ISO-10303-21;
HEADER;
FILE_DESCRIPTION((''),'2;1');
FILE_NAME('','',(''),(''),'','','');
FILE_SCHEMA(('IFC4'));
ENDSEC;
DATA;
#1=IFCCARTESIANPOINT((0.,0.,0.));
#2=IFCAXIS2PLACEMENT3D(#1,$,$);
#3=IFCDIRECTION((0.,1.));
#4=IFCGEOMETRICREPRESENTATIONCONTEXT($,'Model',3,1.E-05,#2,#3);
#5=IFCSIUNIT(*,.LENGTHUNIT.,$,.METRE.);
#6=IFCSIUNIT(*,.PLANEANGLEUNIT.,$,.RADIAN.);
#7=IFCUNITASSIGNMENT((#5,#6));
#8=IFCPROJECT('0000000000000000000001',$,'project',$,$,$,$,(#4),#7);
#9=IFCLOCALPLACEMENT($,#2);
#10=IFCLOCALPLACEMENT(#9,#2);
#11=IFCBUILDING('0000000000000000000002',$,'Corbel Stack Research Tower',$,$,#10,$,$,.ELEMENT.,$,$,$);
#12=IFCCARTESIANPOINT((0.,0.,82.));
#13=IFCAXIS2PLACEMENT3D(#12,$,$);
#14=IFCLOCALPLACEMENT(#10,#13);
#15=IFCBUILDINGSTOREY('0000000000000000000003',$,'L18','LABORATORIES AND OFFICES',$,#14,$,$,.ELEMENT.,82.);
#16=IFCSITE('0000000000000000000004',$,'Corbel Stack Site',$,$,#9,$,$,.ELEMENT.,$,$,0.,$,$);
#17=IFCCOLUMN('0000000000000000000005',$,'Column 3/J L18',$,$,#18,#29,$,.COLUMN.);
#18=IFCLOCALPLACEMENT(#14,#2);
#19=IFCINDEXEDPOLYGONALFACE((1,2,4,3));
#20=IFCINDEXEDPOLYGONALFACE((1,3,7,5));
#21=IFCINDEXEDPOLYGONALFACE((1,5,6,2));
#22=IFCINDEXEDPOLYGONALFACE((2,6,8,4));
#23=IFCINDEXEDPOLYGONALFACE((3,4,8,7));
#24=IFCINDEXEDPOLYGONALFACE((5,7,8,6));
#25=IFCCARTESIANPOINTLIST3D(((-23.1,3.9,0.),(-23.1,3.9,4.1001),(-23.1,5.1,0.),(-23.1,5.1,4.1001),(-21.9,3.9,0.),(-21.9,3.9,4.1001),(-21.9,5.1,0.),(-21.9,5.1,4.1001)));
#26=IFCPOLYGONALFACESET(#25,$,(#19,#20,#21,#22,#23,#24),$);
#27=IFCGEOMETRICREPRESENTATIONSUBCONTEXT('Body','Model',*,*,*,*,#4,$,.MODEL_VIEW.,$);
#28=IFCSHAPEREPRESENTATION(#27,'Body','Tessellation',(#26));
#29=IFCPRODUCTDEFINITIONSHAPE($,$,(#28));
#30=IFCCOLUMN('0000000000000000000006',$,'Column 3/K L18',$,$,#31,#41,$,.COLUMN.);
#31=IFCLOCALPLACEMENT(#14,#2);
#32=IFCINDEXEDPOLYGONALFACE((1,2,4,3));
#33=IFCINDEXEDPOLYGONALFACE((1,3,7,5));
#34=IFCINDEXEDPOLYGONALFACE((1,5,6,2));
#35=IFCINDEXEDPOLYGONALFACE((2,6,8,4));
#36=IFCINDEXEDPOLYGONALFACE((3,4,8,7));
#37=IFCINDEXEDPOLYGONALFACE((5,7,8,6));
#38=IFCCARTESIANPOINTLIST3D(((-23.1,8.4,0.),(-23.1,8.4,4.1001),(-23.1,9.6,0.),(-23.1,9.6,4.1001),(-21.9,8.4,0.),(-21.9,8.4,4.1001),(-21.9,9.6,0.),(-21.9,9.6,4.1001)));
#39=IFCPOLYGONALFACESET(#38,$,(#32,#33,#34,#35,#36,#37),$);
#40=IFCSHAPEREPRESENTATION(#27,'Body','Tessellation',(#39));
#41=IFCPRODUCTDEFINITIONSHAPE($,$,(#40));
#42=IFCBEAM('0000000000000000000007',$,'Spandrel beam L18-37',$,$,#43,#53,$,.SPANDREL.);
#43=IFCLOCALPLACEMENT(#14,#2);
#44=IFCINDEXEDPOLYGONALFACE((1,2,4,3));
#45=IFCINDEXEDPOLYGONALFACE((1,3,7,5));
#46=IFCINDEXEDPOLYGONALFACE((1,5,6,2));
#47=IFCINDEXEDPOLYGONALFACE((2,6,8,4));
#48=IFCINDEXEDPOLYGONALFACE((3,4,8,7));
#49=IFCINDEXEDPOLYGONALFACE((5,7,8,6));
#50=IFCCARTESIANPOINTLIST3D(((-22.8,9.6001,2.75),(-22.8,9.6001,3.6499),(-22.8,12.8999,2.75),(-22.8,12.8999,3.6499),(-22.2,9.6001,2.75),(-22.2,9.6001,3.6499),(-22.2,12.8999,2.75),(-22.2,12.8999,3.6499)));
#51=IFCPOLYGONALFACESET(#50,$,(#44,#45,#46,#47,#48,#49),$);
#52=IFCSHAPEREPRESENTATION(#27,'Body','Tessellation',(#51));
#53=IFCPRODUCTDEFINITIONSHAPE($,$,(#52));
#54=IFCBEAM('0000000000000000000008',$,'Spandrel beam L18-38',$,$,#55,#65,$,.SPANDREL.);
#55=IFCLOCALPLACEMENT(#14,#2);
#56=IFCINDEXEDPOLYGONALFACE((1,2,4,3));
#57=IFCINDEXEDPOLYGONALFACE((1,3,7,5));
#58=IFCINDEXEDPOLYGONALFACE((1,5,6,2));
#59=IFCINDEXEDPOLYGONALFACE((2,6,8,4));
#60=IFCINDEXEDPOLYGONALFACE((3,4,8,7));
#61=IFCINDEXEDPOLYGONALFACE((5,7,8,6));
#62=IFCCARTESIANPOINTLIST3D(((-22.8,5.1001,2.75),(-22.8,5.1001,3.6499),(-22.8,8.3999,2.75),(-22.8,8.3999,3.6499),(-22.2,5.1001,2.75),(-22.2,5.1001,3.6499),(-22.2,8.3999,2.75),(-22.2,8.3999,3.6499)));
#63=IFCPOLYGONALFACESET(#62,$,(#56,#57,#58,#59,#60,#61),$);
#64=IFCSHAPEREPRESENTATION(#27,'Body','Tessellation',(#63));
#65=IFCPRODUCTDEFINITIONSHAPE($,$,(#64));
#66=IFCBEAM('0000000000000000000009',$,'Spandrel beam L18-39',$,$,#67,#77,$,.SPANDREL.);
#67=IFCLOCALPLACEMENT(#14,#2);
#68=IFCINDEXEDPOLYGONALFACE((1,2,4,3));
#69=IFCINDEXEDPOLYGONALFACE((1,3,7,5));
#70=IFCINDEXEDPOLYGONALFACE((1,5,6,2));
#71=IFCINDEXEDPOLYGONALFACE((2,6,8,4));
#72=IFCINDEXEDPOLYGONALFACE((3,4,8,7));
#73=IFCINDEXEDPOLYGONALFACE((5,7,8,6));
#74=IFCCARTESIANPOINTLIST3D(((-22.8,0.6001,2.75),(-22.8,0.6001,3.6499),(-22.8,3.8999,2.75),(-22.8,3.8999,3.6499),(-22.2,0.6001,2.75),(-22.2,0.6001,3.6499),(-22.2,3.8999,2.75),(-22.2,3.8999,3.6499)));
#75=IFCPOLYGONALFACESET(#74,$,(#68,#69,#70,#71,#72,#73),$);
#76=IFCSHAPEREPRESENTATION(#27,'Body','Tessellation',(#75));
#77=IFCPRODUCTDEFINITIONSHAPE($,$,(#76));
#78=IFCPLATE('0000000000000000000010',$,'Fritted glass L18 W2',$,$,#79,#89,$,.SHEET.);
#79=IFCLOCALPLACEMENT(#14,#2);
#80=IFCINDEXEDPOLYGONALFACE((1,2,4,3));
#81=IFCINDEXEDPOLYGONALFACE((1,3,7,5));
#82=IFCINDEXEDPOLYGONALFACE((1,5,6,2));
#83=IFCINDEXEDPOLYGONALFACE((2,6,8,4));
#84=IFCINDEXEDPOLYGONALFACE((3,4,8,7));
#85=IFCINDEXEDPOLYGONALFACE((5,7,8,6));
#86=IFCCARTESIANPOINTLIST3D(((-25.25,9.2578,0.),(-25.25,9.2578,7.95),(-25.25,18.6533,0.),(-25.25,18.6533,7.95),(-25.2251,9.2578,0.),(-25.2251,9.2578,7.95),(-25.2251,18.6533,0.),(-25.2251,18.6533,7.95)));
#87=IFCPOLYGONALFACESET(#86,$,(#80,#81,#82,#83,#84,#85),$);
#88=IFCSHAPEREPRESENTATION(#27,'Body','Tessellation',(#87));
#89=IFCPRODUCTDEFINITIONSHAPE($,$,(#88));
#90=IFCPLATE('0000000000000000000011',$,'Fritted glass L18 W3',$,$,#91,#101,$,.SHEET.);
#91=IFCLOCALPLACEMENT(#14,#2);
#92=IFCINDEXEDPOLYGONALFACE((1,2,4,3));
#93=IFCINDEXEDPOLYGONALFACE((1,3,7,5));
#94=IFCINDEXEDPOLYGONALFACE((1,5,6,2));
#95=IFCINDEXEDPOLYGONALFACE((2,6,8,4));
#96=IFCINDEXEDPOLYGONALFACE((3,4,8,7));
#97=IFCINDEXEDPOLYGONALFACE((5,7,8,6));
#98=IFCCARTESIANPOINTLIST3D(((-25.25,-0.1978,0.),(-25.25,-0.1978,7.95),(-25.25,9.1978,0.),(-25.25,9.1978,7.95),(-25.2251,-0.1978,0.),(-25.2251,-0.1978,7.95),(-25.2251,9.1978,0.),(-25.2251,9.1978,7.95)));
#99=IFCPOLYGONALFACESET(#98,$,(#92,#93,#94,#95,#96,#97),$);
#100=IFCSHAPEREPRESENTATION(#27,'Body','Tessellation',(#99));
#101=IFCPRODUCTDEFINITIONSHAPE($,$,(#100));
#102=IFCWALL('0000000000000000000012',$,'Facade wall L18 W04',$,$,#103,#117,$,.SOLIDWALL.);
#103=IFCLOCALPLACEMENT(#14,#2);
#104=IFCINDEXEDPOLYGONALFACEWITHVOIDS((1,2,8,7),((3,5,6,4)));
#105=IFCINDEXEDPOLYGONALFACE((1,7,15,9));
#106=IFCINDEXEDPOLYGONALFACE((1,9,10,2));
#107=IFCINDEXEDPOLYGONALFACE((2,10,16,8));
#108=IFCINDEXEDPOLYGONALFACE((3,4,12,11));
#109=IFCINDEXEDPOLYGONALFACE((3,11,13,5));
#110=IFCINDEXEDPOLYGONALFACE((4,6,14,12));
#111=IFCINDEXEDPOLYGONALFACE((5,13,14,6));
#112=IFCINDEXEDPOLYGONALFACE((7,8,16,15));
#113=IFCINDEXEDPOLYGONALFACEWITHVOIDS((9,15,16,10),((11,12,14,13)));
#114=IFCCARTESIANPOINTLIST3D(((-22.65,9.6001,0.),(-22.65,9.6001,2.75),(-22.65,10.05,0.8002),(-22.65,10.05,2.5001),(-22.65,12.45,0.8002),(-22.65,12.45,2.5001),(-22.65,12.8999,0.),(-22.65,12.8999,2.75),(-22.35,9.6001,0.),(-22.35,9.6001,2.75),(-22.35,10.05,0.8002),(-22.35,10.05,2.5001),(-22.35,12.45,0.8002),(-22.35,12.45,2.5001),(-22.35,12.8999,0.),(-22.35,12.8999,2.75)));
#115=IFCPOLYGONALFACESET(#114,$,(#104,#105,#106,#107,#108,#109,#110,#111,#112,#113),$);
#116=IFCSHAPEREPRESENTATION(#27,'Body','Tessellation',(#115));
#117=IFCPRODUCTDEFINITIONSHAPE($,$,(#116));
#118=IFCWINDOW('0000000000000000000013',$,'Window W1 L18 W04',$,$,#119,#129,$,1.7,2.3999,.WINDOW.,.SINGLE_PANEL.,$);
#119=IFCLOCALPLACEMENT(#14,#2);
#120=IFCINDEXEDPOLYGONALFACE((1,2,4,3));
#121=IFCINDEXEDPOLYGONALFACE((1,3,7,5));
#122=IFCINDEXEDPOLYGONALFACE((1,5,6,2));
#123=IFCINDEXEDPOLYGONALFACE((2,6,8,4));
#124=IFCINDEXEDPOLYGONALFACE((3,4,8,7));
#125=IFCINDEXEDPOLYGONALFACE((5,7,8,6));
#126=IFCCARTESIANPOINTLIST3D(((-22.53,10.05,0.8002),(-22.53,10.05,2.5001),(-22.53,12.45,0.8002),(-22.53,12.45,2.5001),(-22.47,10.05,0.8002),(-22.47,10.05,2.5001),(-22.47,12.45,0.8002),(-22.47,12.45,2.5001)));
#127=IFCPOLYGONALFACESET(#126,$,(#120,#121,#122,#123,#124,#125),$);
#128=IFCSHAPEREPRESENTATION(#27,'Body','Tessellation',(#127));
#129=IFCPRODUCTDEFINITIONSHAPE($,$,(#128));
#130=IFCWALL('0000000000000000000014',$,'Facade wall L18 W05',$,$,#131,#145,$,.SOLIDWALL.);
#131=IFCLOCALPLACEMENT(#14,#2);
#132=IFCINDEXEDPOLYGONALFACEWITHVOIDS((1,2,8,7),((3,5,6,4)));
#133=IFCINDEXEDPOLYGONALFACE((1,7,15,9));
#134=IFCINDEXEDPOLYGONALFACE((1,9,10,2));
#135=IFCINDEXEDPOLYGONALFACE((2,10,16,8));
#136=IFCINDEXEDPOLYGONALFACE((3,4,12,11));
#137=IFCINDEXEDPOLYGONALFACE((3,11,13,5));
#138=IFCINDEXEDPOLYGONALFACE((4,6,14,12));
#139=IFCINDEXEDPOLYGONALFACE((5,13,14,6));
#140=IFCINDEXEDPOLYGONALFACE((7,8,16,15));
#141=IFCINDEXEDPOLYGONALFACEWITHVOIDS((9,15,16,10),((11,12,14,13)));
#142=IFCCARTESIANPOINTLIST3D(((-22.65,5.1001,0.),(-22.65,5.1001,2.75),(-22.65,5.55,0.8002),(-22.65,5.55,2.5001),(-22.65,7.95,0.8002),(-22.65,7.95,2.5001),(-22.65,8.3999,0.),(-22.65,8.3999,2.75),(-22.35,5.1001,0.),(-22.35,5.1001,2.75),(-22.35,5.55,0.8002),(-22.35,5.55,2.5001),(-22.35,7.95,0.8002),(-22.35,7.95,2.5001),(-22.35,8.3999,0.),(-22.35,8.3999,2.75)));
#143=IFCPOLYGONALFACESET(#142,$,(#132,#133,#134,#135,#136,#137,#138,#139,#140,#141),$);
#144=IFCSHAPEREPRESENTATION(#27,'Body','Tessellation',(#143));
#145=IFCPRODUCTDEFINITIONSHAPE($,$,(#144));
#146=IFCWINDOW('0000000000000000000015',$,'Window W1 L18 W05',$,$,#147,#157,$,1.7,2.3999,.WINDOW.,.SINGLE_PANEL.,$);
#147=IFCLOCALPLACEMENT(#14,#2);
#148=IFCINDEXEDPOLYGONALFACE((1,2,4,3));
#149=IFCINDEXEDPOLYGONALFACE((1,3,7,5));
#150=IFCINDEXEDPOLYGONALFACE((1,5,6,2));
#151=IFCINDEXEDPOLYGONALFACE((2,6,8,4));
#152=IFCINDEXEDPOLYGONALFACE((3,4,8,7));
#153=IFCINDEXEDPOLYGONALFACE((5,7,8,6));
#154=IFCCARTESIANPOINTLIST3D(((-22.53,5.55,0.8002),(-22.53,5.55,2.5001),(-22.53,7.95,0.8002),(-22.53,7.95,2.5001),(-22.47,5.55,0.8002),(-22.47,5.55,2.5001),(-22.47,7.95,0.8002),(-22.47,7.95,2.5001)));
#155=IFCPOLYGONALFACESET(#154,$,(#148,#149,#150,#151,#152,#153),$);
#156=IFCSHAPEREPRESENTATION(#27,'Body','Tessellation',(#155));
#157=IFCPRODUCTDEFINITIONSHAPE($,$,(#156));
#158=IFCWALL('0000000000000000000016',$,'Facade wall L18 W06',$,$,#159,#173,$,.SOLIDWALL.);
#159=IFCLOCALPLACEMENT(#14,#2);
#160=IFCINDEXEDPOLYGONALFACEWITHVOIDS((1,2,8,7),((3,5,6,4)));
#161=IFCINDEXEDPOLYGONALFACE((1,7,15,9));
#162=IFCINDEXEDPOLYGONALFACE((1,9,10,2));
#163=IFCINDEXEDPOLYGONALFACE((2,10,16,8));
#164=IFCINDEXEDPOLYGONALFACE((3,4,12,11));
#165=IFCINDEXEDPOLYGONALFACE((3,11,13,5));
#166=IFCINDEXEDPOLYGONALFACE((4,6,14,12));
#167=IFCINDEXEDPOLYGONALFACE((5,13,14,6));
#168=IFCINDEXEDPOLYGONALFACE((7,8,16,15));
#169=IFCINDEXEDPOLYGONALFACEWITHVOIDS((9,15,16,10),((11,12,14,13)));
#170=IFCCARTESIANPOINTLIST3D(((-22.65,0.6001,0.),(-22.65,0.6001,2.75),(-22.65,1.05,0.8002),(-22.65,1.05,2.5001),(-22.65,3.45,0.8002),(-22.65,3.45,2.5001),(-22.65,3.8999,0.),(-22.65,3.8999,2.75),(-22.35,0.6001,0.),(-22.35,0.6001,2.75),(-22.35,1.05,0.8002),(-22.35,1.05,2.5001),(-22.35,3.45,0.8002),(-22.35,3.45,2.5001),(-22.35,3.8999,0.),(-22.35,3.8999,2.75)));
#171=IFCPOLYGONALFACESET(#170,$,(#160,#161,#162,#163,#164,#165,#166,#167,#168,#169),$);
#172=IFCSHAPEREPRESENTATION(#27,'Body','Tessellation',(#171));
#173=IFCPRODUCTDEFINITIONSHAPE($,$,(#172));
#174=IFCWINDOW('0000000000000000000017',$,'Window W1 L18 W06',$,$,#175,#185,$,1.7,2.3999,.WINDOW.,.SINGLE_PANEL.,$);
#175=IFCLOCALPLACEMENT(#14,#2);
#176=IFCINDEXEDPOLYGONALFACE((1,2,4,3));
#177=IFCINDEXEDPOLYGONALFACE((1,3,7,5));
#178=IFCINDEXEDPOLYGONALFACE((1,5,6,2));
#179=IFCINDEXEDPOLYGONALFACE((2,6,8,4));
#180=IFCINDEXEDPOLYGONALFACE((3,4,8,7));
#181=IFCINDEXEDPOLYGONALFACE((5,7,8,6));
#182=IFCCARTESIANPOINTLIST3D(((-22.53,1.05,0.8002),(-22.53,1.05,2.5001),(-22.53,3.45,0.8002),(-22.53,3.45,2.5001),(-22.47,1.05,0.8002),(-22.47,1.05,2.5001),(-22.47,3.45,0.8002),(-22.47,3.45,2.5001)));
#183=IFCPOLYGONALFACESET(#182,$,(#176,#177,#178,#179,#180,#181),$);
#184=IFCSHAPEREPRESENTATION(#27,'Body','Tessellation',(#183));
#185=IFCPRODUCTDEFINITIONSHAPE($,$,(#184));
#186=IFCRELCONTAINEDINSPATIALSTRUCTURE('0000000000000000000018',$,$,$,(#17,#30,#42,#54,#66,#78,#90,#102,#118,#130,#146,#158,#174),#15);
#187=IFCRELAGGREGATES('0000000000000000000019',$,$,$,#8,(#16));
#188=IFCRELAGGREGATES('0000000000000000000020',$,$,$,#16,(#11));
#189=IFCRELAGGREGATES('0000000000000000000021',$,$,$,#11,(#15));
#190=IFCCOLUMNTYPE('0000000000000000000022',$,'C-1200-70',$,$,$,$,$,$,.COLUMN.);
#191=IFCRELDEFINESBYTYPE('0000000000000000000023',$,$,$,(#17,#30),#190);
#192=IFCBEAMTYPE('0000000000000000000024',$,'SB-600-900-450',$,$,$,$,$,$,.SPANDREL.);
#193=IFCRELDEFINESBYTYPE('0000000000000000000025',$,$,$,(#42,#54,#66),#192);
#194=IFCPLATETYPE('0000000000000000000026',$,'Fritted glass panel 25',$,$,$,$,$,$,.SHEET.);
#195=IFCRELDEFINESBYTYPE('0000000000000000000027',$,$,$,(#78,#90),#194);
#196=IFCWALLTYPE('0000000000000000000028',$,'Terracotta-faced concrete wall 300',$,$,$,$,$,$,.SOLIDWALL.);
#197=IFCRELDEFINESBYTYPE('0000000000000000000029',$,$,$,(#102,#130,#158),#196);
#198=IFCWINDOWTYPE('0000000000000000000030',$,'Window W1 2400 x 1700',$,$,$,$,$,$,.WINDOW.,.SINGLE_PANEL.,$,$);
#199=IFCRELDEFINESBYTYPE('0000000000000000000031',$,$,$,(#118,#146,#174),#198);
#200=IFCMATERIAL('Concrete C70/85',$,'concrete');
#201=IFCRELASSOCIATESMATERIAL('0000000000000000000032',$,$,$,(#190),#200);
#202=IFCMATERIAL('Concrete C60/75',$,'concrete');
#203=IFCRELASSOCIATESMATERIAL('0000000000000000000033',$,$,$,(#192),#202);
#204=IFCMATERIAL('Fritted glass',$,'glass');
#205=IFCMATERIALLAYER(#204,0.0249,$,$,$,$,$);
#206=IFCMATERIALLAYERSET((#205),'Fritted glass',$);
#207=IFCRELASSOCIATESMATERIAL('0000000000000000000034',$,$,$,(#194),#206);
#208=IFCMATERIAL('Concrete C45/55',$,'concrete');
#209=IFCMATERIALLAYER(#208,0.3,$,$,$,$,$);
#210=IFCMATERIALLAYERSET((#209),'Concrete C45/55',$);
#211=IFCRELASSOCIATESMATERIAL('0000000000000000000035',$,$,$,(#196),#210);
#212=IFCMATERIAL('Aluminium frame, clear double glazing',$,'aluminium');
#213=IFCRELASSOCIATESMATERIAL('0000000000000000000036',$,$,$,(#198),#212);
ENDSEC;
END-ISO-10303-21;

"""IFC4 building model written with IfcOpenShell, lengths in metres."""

from ifc_helpers import new_model, si_unit, direction, frame, frame_2d, origin, origin_2d, place, context, subcontext, project, spatial, rectangle, extrude, material, layer, layer_set, material_profile, profile_set, type_object, element, fill, save


model = new_model("IFC4")

# Units and contexts
model_context = context("Model", 3, precision=1e-05, world=origin(), true_north=direction((0.0, 1.0)))
body_context = subcontext(model_context, "Body", "Model", "MODEL_VIEW")
ifc_project = project(units=[si_unit("LENGTHUNIT", "METRE"), si_unit("PLANEANGLEUNIT", "RADIAN")], contexts=[model_context])

# Site, building, storey
site_placement = place(None, origin())
site = spatial("IfcSite", under=ifc_project, at=site_placement, Name="Corbel Stack Site", CompositionType="ELEMENT", RefElevation=0.0)
building_placement = place(site_placement, origin())
building = spatial("IfcBuilding", under=site, at=building_placement, Name="Corbel Stack Research Tower", CompositionType="ELEMENT")
storey_placement = place(building_placement, frame((0.0, 0.0, 82.0)))
storey = spatial("IfcBuildingStorey", under=building, at=storey_placement, Name="L18", Description="LABORATORIES AND OFFICES", CompositionType="ELEMENT", Elevation=82.0)

# Columns
ifc_material_1 = material(Name="Concrete C70/85", Category="concrete")
ifc_material_profile_1 = material_profile(ifc_material_1, rectangle(XDim=1.2, YDim=1.2, at=origin_2d()), Name="RC 1200 x 1200")
ifc_profile_set_1 = profile_set([ifc_material_profile_1], Name="Concrete C70/85")
column_type = type_object("IfcColumnType", Name="C-1200-70", PredefinedType="COLUMN", material=ifc_profile_set_1)
for number, where, z_axis, x_axis, name in (
    (1, (-22.5, 4.5, 0.0), (0.0, 0.0, 1.0), (1.0, 0.0, 0.0), "Column 3/J L18"),
    (2, (-22.5, 9.0, 0.0), (0.0, 0.0, 1.0), (1.0, 0.0, 0.0), "Column 3/K L18"),
):
    element("IfcColumn", number, at=place(storey_placement, frame(where, z_axis=z_axis, x_axis=x_axis)), inside=storey, type_object=column_type, Name=name, PredefinedType="COLUMN", context=body_context, shape_type="SweptSolid", body=[
        extrude(rectangle(XDim=1.2, YDim=1.2, at=origin_2d()), origin(), (0.0, 0.0, 1.0), 4.1001),
    ])

# Beams
ifc_material_2 = material(Name="Concrete C60/75", Category="concrete")
ifc_material_profile_2 = material_profile(ifc_material_2, rectangle(XDim=0.6001, YDim=0.8999, at=origin_2d()), Name="RC 600 x 900")
ifc_profile_set_2 = profile_set([ifc_material_profile_2], Name="Concrete C60/75")
beam_type = type_object("IfcBeamType", Name="SB-600-900-450", PredefinedType="SPANDREL", material=ifc_profile_set_2)
for number, where, z_axis, x_axis, name in (
    (3, (-22.5, 12.8999, 3.2), (0.0, -1.0, 0.0), (1.0, 0.0, 0.0), "Spandrel beam L18-37"),
    (4, (-22.5, 8.3999, 3.2), (0.0, -1.0, 0.0), (1.0, 0.0, 0.0), "Spandrel beam L18-38"),
    (5, (-22.5, 3.8999, 3.2), (0.0, -1.0, 0.0), (1.0, 0.0, 0.0), "Spandrel beam L18-39"),
):
    element("IfcBeam", number, at=place(storey_placement, frame(where, z_axis=z_axis, x_axis=x_axis)), inside=storey, type_object=beam_type, Name=name, PredefinedType="SPANDREL", context=body_context, shape_type="SweptSolid", body=[
        extrude(rectangle(XDim=0.6001, YDim=0.8999, at=origin_2d()), origin(), (0.0, 0.0, 1.0), 3.2998),
    ])

# Plates
ifc_material_3 = material(Name="Fritted glass", Category="glass")
ifc_layer_1 = layer(ifc_material_3, 0.0249)
ifc_layer_set_1 = layer_set([ifc_layer_1], Name="Fritted glass")
plate_type = type_object("IfcPlateType", Name="Fritted glass panel 25", PredefinedType="SHEET", material=ifc_layer_set_1)
for number, where, z_axis, x_axis, name in (
    (6, (-25.2375, 13.9556, 0.0), (0.0, 0.0, 1.0), (0.0, -1.0, 0.0), "Fritted glass L18 W2"),
    (7, (-25.2375, 4.5, 0.0), (0.0, 0.0, 1.0), (0.0, -1.0, 0.0), "Fritted glass L18 W3"),
):
    element("IfcPlate", number, at=place(storey_placement, frame(where, z_axis=z_axis, x_axis=x_axis)), inside=storey, type_object=plate_type, Name=name, PredefinedType="SHEET", context=body_context, shape_type="SweptSolid", body=[
        extrude(rectangle(XDim=9.3955, YDim=0.0249, at=origin_2d()), origin(), (0.0, 0.0, 1.0), 7.95),
    ])

# Walls, openings, windows
ifc_material_4 = material(Name="Concrete C45/55", Category="concrete")
ifc_layer_2 = layer(ifc_material_4, 0.3)
ifc_layer_set_2 = layer_set([ifc_layer_2], Name="Concrete C45/55")
wall_type = type_object("IfcWallType", Name="Terracotta-faced concrete wall 300", PredefinedType="SOLIDWALL", material=ifc_layer_set_2)
wall_1_placement = place(storey_placement, frame((-22.5, 9.6001, 0.0), z_axis=(0.0, 0.0, 1.0), x_axis=(0.0, 1.0, 0.0)))
wall_1 = element("IfcWall", 8, at=wall_1_placement, inside=storey, type_object=wall_type, Name="Facade wall L18 W04", PredefinedType="SOLIDWALL", context=body_context, shape_type="SweptSolid", body=[
    extrude(rectangle(XDim=3.2998, YDim=0.3, at=frame_2d((1.6499, 0.0))), origin(), (0.0, 0.0, 1.0), 2.75),
])
opening_1_placement = place(wall_1_placement, frame((0.45, 0.0, 0.8)))
opening_1 = element("IfcOpeningElement", 9, at=opening_1_placement, cuts=wall_1, PredefinedType="OPENING", context=body_context, shape_type="SweptSolid", body=[
    extrude(rectangle(XDim=2.3999, YDim=1.7, at=frame_2d((1.2, 0.8501))), frame((0.0, 0.1599, 0.0), z_axis=(0.0, -1.0, 0.0), x_axis=(1.0, 0.0, 0.0)), (0.0, 0.0, 1.0), 0.3201),
])
ifc_material_5 = material(Name="Aluminium frame, clear double glazing", Category="aluminium")
window_type = type_object("IfcWindowType", Name="Window W1 2400 x 1700", PartitioningType="SINGLE_PANEL", PredefinedType="WINDOW", material=ifc_material_5)
window_1_placement = place(opening_1_placement, origin())
window_1 = element("IfcWindow", 10, at=window_1_placement, inside=storey, type_object=window_type, Name="Window W1 L18 W04", OverallHeight=1.7, OverallWidth=2.3999, PartitioningType="SINGLE_PANEL", PredefinedType="WINDOW", context=body_context, shape_type="SweptSolid", body=[
    extrude(rectangle(XDim=2.3999, YDim=1.7, at=frame_2d((1.2, 0.8501))), frame((0.0, 0.03, 0.0), z_axis=(0.0, -1.0, 0.0), x_axis=(1.0, 0.0, 0.0)), (0.0, 0.0, 1.0), 0.0601),
])
fill(opening_1, window_1)
wall_2_placement = place(storey_placement, frame((-22.5, 5.1001, 0.0), z_axis=(0.0, 0.0, 1.0), x_axis=(0.0, 1.0, 0.0)))
wall_2 = element("IfcWall", 11, at=wall_2_placement, inside=storey, type_object=wall_type, Name="Facade wall L18 W05", PredefinedType="SOLIDWALL", context=body_context, shape_type="SweptSolid", body=[
    extrude(rectangle(XDim=3.2998, YDim=0.3, at=frame_2d((1.6499, 0.0))), origin(), (0.0, 0.0, 1.0), 2.75),
])
opening_2_placement = place(wall_2_placement, frame((0.45, 0.0, 0.8)))
opening_2 = element("IfcOpeningElement", 12, at=opening_2_placement, cuts=wall_2, PredefinedType="OPENING", context=body_context, shape_type="SweptSolid", body=[
    extrude(rectangle(XDim=2.3999, YDim=1.7, at=frame_2d((1.2, 0.8501))), frame((0.0, 0.1599, 0.0), z_axis=(0.0, -1.0, 0.0), x_axis=(1.0, 0.0, 0.0)), (0.0, 0.0, 1.0), 0.3201),
])
window_2_placement = place(opening_2_placement, origin())
window_2 = element("IfcWindow", 13, at=window_2_placement, inside=storey, type_object=window_type, Name="Window W1 L18 W05", OverallHeight=1.7, OverallWidth=2.3999, PartitioningType="SINGLE_PANEL", PredefinedType="WINDOW", context=body_context, shape_type="SweptSolid", body=[
    extrude(rectangle(XDim=2.3999, YDim=1.7, at=frame_2d((1.2, 0.8501))), frame((0.0, 0.03, 0.0), z_axis=(0.0, -1.0, 0.0), x_axis=(1.0, 0.0, 0.0)), (0.0, 0.0, 1.0), 0.0601),
])
fill(opening_2, window_2)
wall_3_placement = place(storey_placement, frame((-22.5, 0.6001, 0.0), z_axis=(0.0, 0.0, 1.0), x_axis=(0.0, 1.0, 0.0)))
wall_3 = element("IfcWall", 14, at=wall_3_placement, inside=storey, type_object=wall_type, Name="Facade wall L18 W06", PredefinedType="SOLIDWALL", context=body_context, shape_type="SweptSolid", body=[
    extrude(rectangle(XDim=3.2998, YDim=0.3, at=frame_2d((1.6499, 0.0))), origin(), (0.0, 0.0, 1.0), 2.75),
])
opening_3_placement = place(wall_3_placement, frame((0.45, 0.0, 0.8)))
opening_3 = element("IfcOpeningElement", 15, at=opening_3_placement, cuts=wall_3, PredefinedType="OPENING", context=body_context, shape_type="SweptSolid", body=[
    extrude(rectangle(XDim=2.3999, YDim=1.7, at=frame_2d((1.2, 0.8501))), frame((0.0, 0.1599, 0.0), z_axis=(0.0, -1.0, 0.0), x_axis=(1.0, 0.0, 0.0)), (0.0, 0.0, 1.0), 0.3201),
])
window_3_placement = place(opening_3_placement, origin())
window_3 = element("IfcWindow", 16, at=window_3_placement, inside=storey, type_object=window_type, Name="Window W1 L18 W06", OverallHeight=1.7, OverallWidth=2.3999, PartitioningType="SINGLE_PANEL", PredefinedType="WINDOW", context=body_context, shape_type="SweptSolid", body=[
    extrude(rectangle(XDim=2.3999, YDim=1.7, at=frame_2d((1.2, 0.8501))), frame((0.0, 0.03, 0.0), z_axis=(0.0, -1.0, 0.0), x_axis=(1.0, 0.0, 0.0)), (0.0, 0.0, 1.0), 0.0601),
])
fill(opening_3, window_3)

save(model, "model.ifc")
